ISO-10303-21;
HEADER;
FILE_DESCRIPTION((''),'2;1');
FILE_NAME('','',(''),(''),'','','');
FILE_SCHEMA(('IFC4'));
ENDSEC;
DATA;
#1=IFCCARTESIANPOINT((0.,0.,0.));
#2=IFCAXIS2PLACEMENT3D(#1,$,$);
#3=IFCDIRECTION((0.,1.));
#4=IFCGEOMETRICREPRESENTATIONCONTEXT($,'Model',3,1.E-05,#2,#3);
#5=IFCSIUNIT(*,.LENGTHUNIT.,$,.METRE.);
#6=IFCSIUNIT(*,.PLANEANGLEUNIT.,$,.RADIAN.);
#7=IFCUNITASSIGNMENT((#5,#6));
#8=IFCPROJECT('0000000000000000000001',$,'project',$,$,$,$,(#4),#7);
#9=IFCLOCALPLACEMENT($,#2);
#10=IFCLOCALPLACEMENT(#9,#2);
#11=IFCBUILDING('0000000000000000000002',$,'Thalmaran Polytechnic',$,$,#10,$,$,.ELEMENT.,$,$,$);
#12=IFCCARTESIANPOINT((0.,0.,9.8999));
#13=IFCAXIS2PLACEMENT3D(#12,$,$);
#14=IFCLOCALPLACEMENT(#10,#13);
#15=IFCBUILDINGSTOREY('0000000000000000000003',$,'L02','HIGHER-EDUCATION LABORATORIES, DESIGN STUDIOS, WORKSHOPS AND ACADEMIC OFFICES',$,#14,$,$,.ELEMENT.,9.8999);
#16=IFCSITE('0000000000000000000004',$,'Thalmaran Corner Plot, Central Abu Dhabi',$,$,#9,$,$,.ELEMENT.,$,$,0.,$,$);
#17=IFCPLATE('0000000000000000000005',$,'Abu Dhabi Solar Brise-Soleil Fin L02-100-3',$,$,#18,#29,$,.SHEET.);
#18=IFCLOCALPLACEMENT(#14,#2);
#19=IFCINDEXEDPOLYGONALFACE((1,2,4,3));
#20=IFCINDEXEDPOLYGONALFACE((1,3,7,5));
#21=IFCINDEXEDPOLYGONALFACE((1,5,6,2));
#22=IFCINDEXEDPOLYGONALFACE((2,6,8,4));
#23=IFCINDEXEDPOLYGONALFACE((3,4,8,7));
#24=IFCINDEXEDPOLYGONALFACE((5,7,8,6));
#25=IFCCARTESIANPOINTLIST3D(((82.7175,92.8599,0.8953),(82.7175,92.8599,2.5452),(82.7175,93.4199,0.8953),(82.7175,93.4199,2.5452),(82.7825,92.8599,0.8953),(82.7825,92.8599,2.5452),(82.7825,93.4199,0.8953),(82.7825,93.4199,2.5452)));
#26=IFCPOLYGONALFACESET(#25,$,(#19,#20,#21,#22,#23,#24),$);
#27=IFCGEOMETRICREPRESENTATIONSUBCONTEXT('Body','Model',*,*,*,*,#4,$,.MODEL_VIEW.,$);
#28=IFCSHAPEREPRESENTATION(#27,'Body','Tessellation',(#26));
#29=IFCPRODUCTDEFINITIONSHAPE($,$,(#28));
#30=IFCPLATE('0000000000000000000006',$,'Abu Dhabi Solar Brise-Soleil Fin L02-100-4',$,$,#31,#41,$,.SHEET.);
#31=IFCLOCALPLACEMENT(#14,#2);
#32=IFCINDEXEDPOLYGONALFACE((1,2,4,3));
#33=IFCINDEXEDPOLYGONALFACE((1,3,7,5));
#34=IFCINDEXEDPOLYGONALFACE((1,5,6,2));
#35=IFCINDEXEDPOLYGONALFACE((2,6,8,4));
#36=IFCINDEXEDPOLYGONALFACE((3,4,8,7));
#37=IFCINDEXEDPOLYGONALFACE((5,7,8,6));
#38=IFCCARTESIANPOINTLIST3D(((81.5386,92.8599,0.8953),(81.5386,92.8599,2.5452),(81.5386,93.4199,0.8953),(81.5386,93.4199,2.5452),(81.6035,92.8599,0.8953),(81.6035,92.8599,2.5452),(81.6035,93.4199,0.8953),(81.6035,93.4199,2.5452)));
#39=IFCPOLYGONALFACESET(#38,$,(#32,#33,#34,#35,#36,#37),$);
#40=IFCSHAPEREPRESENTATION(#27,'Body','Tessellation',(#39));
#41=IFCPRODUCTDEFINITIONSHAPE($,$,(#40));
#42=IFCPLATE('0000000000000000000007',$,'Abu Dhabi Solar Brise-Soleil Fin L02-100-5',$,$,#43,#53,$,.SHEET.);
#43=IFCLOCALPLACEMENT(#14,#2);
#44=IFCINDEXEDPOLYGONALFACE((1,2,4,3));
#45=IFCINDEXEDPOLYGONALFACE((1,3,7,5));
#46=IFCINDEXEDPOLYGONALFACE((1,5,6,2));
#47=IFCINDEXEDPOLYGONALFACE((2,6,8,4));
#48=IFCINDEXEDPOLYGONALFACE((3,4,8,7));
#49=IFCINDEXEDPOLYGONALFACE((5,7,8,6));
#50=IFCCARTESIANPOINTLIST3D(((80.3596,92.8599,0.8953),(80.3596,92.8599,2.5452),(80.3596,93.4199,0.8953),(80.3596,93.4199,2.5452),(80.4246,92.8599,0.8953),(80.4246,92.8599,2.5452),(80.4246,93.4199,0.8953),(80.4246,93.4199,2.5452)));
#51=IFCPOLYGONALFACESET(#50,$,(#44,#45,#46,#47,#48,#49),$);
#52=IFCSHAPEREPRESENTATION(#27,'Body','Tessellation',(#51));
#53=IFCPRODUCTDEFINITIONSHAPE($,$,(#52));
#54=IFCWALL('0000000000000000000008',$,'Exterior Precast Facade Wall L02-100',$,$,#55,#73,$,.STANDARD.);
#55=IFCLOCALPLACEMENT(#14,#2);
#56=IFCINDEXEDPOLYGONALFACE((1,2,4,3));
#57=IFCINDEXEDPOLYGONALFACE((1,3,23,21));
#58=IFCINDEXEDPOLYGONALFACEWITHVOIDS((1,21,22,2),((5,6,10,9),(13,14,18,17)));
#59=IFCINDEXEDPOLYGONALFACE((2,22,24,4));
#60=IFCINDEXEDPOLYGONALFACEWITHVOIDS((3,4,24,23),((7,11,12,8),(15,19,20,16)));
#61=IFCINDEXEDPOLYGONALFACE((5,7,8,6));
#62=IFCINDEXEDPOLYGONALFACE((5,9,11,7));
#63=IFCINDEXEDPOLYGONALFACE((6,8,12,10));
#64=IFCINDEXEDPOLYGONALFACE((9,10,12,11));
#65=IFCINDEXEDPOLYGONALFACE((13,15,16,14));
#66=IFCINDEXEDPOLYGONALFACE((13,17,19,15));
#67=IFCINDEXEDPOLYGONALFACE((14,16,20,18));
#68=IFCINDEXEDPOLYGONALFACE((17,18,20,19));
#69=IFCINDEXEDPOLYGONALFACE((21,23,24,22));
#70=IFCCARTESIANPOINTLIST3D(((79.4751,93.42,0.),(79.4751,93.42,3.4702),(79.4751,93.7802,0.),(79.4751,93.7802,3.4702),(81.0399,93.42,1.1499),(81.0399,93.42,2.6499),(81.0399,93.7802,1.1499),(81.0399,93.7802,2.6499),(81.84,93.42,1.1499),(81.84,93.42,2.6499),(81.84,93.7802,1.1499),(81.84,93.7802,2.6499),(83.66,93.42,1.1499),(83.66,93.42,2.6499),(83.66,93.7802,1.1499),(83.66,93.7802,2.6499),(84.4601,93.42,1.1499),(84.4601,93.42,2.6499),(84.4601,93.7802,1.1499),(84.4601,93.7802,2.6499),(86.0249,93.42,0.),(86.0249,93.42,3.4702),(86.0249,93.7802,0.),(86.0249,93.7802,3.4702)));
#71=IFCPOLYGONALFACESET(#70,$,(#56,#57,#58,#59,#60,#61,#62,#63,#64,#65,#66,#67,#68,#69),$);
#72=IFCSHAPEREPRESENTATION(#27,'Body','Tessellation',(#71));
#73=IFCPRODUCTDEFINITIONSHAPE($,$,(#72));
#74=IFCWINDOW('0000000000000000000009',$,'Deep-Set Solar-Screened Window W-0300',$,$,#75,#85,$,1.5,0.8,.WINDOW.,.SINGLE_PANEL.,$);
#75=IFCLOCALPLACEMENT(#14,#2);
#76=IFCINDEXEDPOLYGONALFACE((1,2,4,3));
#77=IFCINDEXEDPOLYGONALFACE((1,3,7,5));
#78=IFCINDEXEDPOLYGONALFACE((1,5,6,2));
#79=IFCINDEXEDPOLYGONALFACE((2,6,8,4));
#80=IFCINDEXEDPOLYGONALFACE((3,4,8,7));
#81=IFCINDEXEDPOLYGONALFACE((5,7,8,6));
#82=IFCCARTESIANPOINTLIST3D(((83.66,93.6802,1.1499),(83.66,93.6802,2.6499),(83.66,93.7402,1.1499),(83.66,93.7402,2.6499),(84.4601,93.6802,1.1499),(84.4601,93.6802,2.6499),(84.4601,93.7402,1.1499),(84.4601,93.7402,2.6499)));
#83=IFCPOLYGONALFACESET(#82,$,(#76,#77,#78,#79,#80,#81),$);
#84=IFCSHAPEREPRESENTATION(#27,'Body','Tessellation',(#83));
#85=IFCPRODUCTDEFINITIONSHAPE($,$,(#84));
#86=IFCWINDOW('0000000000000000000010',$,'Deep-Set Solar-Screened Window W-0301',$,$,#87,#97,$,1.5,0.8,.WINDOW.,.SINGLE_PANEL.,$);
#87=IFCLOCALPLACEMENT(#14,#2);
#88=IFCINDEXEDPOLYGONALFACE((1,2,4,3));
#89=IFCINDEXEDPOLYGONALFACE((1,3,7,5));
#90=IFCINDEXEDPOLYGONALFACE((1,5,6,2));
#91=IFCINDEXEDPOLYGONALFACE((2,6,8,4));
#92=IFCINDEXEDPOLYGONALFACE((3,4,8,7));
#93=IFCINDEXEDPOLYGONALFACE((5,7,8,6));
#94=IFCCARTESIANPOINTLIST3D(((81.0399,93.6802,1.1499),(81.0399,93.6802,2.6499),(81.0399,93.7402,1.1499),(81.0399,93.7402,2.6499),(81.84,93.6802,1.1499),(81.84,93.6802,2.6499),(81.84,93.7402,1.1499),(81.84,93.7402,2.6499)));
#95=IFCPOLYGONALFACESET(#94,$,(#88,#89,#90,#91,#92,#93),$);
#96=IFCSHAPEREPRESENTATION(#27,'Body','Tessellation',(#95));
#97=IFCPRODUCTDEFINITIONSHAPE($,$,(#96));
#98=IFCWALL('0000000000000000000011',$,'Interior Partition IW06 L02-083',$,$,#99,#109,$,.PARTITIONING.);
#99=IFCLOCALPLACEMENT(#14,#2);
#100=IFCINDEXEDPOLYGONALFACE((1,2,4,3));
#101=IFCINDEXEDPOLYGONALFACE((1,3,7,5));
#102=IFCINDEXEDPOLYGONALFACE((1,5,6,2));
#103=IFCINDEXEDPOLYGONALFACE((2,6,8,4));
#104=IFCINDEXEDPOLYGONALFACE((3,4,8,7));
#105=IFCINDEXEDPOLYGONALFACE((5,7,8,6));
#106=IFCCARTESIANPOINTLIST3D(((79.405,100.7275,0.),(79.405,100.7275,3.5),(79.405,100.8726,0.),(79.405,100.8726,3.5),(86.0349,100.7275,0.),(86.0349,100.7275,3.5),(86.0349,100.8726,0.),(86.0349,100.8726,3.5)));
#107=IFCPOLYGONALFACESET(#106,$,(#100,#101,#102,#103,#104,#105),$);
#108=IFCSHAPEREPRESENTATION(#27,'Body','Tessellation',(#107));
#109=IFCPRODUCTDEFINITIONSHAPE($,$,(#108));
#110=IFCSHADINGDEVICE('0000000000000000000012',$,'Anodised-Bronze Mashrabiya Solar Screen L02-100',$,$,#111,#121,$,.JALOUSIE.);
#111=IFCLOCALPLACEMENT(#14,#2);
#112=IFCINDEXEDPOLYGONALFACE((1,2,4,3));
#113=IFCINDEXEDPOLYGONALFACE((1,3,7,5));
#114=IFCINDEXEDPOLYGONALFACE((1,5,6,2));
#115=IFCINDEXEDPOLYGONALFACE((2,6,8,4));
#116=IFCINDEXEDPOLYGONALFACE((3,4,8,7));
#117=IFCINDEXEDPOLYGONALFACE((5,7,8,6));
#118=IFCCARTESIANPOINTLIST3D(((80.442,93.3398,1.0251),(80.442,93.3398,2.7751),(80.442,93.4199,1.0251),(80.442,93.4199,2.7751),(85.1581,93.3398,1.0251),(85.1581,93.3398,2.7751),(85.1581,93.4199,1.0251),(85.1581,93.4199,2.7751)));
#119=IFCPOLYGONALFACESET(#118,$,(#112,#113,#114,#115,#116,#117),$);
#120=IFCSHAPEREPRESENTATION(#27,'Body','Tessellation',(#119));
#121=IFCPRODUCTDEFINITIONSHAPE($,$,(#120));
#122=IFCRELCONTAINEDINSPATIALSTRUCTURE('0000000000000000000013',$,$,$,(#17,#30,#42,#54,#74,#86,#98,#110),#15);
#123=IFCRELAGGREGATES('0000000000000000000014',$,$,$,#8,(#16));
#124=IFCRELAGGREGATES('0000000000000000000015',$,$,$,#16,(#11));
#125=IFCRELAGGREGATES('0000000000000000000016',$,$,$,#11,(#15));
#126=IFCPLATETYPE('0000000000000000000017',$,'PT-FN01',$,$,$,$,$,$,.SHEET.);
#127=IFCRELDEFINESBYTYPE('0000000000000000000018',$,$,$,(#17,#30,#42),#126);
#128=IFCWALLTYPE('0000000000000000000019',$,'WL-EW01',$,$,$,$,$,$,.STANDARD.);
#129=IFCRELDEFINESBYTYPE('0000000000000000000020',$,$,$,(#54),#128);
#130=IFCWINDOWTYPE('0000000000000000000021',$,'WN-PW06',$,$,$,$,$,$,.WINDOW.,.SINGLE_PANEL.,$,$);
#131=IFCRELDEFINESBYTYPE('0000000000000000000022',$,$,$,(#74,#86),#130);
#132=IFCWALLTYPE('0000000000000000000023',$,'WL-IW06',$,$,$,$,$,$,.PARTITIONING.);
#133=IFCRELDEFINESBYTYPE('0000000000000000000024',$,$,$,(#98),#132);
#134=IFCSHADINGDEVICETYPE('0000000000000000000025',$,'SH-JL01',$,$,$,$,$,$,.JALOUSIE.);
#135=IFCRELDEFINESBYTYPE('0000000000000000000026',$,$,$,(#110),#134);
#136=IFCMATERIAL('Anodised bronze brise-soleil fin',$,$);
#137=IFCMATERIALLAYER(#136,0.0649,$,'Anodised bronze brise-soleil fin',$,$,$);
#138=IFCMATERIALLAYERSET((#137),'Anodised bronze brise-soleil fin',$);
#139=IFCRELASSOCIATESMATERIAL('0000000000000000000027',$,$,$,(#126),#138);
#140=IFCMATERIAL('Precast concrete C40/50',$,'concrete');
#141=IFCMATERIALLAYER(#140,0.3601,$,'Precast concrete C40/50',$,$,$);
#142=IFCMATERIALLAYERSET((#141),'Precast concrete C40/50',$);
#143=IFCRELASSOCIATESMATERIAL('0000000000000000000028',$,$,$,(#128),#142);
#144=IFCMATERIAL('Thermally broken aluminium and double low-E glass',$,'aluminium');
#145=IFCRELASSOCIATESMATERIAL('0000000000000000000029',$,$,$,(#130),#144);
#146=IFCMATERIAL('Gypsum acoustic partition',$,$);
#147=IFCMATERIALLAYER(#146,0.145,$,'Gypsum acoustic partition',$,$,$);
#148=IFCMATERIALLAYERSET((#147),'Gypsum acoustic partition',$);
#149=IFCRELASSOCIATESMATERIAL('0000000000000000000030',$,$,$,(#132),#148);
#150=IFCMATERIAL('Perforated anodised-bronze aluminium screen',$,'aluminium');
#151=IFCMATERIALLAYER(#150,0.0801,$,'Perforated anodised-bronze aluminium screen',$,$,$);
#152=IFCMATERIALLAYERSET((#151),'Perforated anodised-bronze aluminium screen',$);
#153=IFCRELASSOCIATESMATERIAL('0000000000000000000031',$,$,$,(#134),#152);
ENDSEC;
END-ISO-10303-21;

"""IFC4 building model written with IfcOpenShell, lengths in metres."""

from ifc_helpers import new_model, si_unit, direction, frame, frame_2d, origin, origin_2d, place, context, subcontext, project, spatial, rectangle, extrude, material, layer, layer_set, type_object, element, fill, save


model = new_model("IFC4")

# Units and contexts
model_context = context("Model", 3, precision=1e-05, world=origin(), true_north=direction((0.0, 1.0)))
body_context = subcontext(model_context, "Body", "Model", "MODEL_VIEW")
ifc_project = project(units=[si_unit("LENGTHUNIT", "METRE"), si_unit("PLANEANGLEUNIT", "RADIAN")], contexts=[model_context])

# Site, building, storey
site_placement = place(None, origin())
site = spatial("IfcSite", under=ifc_project, at=site_placement, Name="Thalmaran Corner Plot, Central Abu Dhabi", CompositionType="ELEMENT", RefElevation=0.0)
building_placement = place(site_placement, origin())
building = spatial("IfcBuilding", under=site, at=building_placement, Name="Thalmaran Polytechnic", CompositionType="ELEMENT")
storey_placement = place(building_placement, frame((0.0, 0.0, 9.8999)))
storey = spatial("IfcBuildingStorey", under=building, at=storey_placement, Name="L02", Description="HIGHER-EDUCATION LABORATORIES, DESIGN STUDIOS, WORKSHOPS AND ACADEMIC OFFICES", CompositionType="ELEMENT", Elevation=9.8999)

# Plates
ifc_material_1 = material(Name="Anodised bronze brise-soleil fin")
ifc_layer_1 = layer(ifc_material_1, 0.0649, Name="Anodised bronze brise-soleil fin")
ifc_layer_set_1 = layer_set([ifc_layer_1], Name="Anodised bronze brise-soleil fin")
plate_type_1 = type_object("IfcPlateType", Name="PT-FN01", PredefinedType="SHEET", material=ifc_layer_set_1)
for number, where, z_axis, x_axis, name in (
    (1, (82.75, 93.1399, 0.8953), (0.0, 0.0, 1.0), (-1.0, 0.0, 0.0), "Abu Dhabi Solar Brise-Soleil Fin L02-100-3"),
    (2, (81.571, 93.1399, 0.8953), (0.0, 0.0, 1.0), (-1.0, 0.0, 0.0), "Abu Dhabi Solar Brise-Soleil Fin L02-100-4"),
    (3, (80.3921, 93.1399, 0.8953), (0.0, 0.0, 1.0), (-1.0, 0.0, 0.0), "Abu Dhabi Solar Brise-Soleil Fin L02-100-5"),
):
    element("IfcPlate", number, at=place(storey_placement, frame(where, z_axis=z_axis, x_axis=x_axis)), inside=storey, type_object=plate_type_1, Name=name, PredefinedType="SHEET", context=body_context, shape_type="SweptSolid", body=[
        extrude(rectangle(XDim=0.0649, YDim=0.5601, at=origin_2d()), origin(), (0.0, 0.0, 1.0), 1.6499),
    ])

# Wall, openings, windows
ifc_material_2 = material(Name="Precast concrete C40/50", Category="concrete")
ifc_layer_2 = layer(ifc_material_2, 0.3601, Name="Precast concrete C40/50")
ifc_layer_set_2 = layer_set([ifc_layer_2], Name="Precast concrete C40/50")
wall_type_1 = type_object("IfcWallType", Name="WL-EW01", PredefinedType="STANDARD", material=ifc_layer_set_2)
wall_1_placement = place(storey_placement, frame((86.0249, 93.6001, 0.0), z_axis=(0.0, 0.0, 1.0), x_axis=(-1.0, 0.0, 0.0)))
wall_1 = element("IfcWall", 4, at=wall_1_placement, inside=storey, type_object=wall_type_1, Name="Exterior Precast Facade Wall L02-100", PredefinedType="STANDARD", context=body_context, shape_type="SweptSolid", body=[
    extrude(rectangle(XDim=6.5498, YDim=0.3601, at=frame_2d((3.2749, 0.0))), origin(), (0.0, 0.0, 1.0), 3.4702),
])
opening_1_placement = place(wall_1_placement, frame((1.5649, 0.0, 1.1499)))
opening_1 = element("IfcOpeningElement", 5, at=opening_1_placement, cuts=wall_1, PredefinedType="OPENING", context=body_context, shape_type="SweptSolid", body=[
    extrude(rectangle(XDim=0.8, YDim=1.5, at=frame_2d((0.3999, 0.75))), frame((0.0, 0.1899, 0.0), z_axis=(0.0, -1.0, 0.0), x_axis=(1.0, 0.0, 0.0)), (0.0, 0.0, 1.0), 0.3801),
])
opening_2_placement = place(wall_1_placement, frame((4.1851, 0.0, 1.1499)))
opening_2 = element("IfcOpeningElement", 6, at=opening_2_placement, cuts=wall_1, PredefinedType="OPENING", context=body_context, shape_type="SweptSolid", body=[
    extrude(rectangle(XDim=0.8, YDim=1.5, at=frame_2d((0.3999, 0.75))), frame((0.0, 0.1899, 0.0), z_axis=(0.0, -1.0, 0.0), x_axis=(1.0, 0.0, 0.0)), (0.0, 0.0, 1.0), 0.3801),
])
ifc_material_3 = material(Name="Thermally broken aluminium and double low-E glass", Category="aluminium")
window_type = type_object("IfcWindowType", Name="WN-PW06", PartitioningType="SINGLE_PANEL", PredefinedType="WINDOW", material=ifc_material_3)
window_1_placement = place(opening_1_placement, origin())
window_1 = element("IfcWindow", 7, at=window_1_placement, inside=storey, type_object=window_type, Name="Deep-Set Solar-Screened Window W-0300", OverallHeight=1.5, OverallWidth=0.8, PartitioningType="SINGLE_PANEL", PredefinedType="WINDOW", context=body_context, shape_type="SweptSolid", body=[
    extrude(rectangle(XDim=0.8, YDim=1.5, at=frame_2d((0.3999, 0.75))), frame((0.0, -0.0801, 0.0), z_axis=(0.0, -1.0, 0.0), x_axis=(1.0, 0.0, 0.0)), (0.0, 0.0, 1.0), 0.0601),
])
fill(opening_1, window_1)
window_2_placement = place(opening_2_placement, origin())
window_2 = element("IfcWindow", 8, at=window_2_placement, inside=storey, type_object=window_type, Name="Deep-Set Solar-Screened Window W-0301", OverallHeight=1.5, OverallWidth=0.8, PartitioningType="SINGLE_PANEL", PredefinedType="WINDOW", context=body_context, shape_type="SweptSolid", body=[
    extrude(rectangle(XDim=0.8, YDim=1.5, at=frame_2d((0.3999, 0.75))), frame((0.0, -0.0801, 0.0), z_axis=(0.0, -1.0, 0.0), x_axis=(1.0, 0.0, 0.0)), (0.0, 0.0, 1.0), 0.0601),
])
fill(opening_2, window_2)

# Wall
ifc_material_4 = material(Name="Gypsum acoustic partition")
ifc_layer_3 = layer(ifc_material_4, 0.145, Name="Gypsum acoustic partition")
ifc_layer_set_3 = layer_set([ifc_layer_3], Name="Gypsum acoustic partition")
wall_type_2 = type_object("IfcWallType", Name="WL-IW06", PredefinedType="PARTITIONING", material=ifc_layer_set_3)
wall_2_placement = place(storey_placement, frame((79.405, 100.8, 0.0), z_axis=(0.0, 0.0, 1.0), x_axis=(1.0, 0.0, 0.0)))
element("IfcWall", 9, at=wall_2_placement, inside=storey, type_object=wall_type_2, Name="Interior Partition IW06 L02-083", PredefinedType="PARTITIONING", context=body_context, shape_type="SweptSolid", body=[
    extrude(rectangle(XDim=6.6299, YDim=0.145, at=frame_2d((3.3149, 0.0))), origin(), (0.0, 0.0, 1.0), 3.5),
])

# Shading device
ifc_material_5 = material(Name="Perforated anodised-bronze aluminium screen", Category="aluminium")
ifc_layer_4 = layer(ifc_material_5, 0.0801, Name="Perforated anodised-bronze aluminium screen")
ifc_layer_set_4 = layer_set([ifc_layer_4], Name="Perforated anodised-bronze aluminium screen")
shading_device_type = type_object("IfcShadingDeviceType", Name="SH-JL01", PredefinedType="JALOUSIE", material=ifc_layer_set_4)
shading_device_placement = place(storey_placement, frame((82.8, 93.3799, 1.0251), z_axis=(0.0, 0.0, 1.0), x_axis=(-1.0, 0.0, 0.0)))
element("IfcShadingDevice", 10, at=shading_device_placement, inside=storey, type_object=shading_device_type, Name="Anodised-Bronze Mashrabiya Solar Screen L02-100", PredefinedType="JALOUSIE", context=body_context, shape_type="SweptSolid", body=[
    extrude(rectangle(XDim=4.7161, YDim=0.0801, at=origin_2d()), origin(), (0.0, 0.0, 1.0), 1.75),
])

save(model, "model.ifc")
